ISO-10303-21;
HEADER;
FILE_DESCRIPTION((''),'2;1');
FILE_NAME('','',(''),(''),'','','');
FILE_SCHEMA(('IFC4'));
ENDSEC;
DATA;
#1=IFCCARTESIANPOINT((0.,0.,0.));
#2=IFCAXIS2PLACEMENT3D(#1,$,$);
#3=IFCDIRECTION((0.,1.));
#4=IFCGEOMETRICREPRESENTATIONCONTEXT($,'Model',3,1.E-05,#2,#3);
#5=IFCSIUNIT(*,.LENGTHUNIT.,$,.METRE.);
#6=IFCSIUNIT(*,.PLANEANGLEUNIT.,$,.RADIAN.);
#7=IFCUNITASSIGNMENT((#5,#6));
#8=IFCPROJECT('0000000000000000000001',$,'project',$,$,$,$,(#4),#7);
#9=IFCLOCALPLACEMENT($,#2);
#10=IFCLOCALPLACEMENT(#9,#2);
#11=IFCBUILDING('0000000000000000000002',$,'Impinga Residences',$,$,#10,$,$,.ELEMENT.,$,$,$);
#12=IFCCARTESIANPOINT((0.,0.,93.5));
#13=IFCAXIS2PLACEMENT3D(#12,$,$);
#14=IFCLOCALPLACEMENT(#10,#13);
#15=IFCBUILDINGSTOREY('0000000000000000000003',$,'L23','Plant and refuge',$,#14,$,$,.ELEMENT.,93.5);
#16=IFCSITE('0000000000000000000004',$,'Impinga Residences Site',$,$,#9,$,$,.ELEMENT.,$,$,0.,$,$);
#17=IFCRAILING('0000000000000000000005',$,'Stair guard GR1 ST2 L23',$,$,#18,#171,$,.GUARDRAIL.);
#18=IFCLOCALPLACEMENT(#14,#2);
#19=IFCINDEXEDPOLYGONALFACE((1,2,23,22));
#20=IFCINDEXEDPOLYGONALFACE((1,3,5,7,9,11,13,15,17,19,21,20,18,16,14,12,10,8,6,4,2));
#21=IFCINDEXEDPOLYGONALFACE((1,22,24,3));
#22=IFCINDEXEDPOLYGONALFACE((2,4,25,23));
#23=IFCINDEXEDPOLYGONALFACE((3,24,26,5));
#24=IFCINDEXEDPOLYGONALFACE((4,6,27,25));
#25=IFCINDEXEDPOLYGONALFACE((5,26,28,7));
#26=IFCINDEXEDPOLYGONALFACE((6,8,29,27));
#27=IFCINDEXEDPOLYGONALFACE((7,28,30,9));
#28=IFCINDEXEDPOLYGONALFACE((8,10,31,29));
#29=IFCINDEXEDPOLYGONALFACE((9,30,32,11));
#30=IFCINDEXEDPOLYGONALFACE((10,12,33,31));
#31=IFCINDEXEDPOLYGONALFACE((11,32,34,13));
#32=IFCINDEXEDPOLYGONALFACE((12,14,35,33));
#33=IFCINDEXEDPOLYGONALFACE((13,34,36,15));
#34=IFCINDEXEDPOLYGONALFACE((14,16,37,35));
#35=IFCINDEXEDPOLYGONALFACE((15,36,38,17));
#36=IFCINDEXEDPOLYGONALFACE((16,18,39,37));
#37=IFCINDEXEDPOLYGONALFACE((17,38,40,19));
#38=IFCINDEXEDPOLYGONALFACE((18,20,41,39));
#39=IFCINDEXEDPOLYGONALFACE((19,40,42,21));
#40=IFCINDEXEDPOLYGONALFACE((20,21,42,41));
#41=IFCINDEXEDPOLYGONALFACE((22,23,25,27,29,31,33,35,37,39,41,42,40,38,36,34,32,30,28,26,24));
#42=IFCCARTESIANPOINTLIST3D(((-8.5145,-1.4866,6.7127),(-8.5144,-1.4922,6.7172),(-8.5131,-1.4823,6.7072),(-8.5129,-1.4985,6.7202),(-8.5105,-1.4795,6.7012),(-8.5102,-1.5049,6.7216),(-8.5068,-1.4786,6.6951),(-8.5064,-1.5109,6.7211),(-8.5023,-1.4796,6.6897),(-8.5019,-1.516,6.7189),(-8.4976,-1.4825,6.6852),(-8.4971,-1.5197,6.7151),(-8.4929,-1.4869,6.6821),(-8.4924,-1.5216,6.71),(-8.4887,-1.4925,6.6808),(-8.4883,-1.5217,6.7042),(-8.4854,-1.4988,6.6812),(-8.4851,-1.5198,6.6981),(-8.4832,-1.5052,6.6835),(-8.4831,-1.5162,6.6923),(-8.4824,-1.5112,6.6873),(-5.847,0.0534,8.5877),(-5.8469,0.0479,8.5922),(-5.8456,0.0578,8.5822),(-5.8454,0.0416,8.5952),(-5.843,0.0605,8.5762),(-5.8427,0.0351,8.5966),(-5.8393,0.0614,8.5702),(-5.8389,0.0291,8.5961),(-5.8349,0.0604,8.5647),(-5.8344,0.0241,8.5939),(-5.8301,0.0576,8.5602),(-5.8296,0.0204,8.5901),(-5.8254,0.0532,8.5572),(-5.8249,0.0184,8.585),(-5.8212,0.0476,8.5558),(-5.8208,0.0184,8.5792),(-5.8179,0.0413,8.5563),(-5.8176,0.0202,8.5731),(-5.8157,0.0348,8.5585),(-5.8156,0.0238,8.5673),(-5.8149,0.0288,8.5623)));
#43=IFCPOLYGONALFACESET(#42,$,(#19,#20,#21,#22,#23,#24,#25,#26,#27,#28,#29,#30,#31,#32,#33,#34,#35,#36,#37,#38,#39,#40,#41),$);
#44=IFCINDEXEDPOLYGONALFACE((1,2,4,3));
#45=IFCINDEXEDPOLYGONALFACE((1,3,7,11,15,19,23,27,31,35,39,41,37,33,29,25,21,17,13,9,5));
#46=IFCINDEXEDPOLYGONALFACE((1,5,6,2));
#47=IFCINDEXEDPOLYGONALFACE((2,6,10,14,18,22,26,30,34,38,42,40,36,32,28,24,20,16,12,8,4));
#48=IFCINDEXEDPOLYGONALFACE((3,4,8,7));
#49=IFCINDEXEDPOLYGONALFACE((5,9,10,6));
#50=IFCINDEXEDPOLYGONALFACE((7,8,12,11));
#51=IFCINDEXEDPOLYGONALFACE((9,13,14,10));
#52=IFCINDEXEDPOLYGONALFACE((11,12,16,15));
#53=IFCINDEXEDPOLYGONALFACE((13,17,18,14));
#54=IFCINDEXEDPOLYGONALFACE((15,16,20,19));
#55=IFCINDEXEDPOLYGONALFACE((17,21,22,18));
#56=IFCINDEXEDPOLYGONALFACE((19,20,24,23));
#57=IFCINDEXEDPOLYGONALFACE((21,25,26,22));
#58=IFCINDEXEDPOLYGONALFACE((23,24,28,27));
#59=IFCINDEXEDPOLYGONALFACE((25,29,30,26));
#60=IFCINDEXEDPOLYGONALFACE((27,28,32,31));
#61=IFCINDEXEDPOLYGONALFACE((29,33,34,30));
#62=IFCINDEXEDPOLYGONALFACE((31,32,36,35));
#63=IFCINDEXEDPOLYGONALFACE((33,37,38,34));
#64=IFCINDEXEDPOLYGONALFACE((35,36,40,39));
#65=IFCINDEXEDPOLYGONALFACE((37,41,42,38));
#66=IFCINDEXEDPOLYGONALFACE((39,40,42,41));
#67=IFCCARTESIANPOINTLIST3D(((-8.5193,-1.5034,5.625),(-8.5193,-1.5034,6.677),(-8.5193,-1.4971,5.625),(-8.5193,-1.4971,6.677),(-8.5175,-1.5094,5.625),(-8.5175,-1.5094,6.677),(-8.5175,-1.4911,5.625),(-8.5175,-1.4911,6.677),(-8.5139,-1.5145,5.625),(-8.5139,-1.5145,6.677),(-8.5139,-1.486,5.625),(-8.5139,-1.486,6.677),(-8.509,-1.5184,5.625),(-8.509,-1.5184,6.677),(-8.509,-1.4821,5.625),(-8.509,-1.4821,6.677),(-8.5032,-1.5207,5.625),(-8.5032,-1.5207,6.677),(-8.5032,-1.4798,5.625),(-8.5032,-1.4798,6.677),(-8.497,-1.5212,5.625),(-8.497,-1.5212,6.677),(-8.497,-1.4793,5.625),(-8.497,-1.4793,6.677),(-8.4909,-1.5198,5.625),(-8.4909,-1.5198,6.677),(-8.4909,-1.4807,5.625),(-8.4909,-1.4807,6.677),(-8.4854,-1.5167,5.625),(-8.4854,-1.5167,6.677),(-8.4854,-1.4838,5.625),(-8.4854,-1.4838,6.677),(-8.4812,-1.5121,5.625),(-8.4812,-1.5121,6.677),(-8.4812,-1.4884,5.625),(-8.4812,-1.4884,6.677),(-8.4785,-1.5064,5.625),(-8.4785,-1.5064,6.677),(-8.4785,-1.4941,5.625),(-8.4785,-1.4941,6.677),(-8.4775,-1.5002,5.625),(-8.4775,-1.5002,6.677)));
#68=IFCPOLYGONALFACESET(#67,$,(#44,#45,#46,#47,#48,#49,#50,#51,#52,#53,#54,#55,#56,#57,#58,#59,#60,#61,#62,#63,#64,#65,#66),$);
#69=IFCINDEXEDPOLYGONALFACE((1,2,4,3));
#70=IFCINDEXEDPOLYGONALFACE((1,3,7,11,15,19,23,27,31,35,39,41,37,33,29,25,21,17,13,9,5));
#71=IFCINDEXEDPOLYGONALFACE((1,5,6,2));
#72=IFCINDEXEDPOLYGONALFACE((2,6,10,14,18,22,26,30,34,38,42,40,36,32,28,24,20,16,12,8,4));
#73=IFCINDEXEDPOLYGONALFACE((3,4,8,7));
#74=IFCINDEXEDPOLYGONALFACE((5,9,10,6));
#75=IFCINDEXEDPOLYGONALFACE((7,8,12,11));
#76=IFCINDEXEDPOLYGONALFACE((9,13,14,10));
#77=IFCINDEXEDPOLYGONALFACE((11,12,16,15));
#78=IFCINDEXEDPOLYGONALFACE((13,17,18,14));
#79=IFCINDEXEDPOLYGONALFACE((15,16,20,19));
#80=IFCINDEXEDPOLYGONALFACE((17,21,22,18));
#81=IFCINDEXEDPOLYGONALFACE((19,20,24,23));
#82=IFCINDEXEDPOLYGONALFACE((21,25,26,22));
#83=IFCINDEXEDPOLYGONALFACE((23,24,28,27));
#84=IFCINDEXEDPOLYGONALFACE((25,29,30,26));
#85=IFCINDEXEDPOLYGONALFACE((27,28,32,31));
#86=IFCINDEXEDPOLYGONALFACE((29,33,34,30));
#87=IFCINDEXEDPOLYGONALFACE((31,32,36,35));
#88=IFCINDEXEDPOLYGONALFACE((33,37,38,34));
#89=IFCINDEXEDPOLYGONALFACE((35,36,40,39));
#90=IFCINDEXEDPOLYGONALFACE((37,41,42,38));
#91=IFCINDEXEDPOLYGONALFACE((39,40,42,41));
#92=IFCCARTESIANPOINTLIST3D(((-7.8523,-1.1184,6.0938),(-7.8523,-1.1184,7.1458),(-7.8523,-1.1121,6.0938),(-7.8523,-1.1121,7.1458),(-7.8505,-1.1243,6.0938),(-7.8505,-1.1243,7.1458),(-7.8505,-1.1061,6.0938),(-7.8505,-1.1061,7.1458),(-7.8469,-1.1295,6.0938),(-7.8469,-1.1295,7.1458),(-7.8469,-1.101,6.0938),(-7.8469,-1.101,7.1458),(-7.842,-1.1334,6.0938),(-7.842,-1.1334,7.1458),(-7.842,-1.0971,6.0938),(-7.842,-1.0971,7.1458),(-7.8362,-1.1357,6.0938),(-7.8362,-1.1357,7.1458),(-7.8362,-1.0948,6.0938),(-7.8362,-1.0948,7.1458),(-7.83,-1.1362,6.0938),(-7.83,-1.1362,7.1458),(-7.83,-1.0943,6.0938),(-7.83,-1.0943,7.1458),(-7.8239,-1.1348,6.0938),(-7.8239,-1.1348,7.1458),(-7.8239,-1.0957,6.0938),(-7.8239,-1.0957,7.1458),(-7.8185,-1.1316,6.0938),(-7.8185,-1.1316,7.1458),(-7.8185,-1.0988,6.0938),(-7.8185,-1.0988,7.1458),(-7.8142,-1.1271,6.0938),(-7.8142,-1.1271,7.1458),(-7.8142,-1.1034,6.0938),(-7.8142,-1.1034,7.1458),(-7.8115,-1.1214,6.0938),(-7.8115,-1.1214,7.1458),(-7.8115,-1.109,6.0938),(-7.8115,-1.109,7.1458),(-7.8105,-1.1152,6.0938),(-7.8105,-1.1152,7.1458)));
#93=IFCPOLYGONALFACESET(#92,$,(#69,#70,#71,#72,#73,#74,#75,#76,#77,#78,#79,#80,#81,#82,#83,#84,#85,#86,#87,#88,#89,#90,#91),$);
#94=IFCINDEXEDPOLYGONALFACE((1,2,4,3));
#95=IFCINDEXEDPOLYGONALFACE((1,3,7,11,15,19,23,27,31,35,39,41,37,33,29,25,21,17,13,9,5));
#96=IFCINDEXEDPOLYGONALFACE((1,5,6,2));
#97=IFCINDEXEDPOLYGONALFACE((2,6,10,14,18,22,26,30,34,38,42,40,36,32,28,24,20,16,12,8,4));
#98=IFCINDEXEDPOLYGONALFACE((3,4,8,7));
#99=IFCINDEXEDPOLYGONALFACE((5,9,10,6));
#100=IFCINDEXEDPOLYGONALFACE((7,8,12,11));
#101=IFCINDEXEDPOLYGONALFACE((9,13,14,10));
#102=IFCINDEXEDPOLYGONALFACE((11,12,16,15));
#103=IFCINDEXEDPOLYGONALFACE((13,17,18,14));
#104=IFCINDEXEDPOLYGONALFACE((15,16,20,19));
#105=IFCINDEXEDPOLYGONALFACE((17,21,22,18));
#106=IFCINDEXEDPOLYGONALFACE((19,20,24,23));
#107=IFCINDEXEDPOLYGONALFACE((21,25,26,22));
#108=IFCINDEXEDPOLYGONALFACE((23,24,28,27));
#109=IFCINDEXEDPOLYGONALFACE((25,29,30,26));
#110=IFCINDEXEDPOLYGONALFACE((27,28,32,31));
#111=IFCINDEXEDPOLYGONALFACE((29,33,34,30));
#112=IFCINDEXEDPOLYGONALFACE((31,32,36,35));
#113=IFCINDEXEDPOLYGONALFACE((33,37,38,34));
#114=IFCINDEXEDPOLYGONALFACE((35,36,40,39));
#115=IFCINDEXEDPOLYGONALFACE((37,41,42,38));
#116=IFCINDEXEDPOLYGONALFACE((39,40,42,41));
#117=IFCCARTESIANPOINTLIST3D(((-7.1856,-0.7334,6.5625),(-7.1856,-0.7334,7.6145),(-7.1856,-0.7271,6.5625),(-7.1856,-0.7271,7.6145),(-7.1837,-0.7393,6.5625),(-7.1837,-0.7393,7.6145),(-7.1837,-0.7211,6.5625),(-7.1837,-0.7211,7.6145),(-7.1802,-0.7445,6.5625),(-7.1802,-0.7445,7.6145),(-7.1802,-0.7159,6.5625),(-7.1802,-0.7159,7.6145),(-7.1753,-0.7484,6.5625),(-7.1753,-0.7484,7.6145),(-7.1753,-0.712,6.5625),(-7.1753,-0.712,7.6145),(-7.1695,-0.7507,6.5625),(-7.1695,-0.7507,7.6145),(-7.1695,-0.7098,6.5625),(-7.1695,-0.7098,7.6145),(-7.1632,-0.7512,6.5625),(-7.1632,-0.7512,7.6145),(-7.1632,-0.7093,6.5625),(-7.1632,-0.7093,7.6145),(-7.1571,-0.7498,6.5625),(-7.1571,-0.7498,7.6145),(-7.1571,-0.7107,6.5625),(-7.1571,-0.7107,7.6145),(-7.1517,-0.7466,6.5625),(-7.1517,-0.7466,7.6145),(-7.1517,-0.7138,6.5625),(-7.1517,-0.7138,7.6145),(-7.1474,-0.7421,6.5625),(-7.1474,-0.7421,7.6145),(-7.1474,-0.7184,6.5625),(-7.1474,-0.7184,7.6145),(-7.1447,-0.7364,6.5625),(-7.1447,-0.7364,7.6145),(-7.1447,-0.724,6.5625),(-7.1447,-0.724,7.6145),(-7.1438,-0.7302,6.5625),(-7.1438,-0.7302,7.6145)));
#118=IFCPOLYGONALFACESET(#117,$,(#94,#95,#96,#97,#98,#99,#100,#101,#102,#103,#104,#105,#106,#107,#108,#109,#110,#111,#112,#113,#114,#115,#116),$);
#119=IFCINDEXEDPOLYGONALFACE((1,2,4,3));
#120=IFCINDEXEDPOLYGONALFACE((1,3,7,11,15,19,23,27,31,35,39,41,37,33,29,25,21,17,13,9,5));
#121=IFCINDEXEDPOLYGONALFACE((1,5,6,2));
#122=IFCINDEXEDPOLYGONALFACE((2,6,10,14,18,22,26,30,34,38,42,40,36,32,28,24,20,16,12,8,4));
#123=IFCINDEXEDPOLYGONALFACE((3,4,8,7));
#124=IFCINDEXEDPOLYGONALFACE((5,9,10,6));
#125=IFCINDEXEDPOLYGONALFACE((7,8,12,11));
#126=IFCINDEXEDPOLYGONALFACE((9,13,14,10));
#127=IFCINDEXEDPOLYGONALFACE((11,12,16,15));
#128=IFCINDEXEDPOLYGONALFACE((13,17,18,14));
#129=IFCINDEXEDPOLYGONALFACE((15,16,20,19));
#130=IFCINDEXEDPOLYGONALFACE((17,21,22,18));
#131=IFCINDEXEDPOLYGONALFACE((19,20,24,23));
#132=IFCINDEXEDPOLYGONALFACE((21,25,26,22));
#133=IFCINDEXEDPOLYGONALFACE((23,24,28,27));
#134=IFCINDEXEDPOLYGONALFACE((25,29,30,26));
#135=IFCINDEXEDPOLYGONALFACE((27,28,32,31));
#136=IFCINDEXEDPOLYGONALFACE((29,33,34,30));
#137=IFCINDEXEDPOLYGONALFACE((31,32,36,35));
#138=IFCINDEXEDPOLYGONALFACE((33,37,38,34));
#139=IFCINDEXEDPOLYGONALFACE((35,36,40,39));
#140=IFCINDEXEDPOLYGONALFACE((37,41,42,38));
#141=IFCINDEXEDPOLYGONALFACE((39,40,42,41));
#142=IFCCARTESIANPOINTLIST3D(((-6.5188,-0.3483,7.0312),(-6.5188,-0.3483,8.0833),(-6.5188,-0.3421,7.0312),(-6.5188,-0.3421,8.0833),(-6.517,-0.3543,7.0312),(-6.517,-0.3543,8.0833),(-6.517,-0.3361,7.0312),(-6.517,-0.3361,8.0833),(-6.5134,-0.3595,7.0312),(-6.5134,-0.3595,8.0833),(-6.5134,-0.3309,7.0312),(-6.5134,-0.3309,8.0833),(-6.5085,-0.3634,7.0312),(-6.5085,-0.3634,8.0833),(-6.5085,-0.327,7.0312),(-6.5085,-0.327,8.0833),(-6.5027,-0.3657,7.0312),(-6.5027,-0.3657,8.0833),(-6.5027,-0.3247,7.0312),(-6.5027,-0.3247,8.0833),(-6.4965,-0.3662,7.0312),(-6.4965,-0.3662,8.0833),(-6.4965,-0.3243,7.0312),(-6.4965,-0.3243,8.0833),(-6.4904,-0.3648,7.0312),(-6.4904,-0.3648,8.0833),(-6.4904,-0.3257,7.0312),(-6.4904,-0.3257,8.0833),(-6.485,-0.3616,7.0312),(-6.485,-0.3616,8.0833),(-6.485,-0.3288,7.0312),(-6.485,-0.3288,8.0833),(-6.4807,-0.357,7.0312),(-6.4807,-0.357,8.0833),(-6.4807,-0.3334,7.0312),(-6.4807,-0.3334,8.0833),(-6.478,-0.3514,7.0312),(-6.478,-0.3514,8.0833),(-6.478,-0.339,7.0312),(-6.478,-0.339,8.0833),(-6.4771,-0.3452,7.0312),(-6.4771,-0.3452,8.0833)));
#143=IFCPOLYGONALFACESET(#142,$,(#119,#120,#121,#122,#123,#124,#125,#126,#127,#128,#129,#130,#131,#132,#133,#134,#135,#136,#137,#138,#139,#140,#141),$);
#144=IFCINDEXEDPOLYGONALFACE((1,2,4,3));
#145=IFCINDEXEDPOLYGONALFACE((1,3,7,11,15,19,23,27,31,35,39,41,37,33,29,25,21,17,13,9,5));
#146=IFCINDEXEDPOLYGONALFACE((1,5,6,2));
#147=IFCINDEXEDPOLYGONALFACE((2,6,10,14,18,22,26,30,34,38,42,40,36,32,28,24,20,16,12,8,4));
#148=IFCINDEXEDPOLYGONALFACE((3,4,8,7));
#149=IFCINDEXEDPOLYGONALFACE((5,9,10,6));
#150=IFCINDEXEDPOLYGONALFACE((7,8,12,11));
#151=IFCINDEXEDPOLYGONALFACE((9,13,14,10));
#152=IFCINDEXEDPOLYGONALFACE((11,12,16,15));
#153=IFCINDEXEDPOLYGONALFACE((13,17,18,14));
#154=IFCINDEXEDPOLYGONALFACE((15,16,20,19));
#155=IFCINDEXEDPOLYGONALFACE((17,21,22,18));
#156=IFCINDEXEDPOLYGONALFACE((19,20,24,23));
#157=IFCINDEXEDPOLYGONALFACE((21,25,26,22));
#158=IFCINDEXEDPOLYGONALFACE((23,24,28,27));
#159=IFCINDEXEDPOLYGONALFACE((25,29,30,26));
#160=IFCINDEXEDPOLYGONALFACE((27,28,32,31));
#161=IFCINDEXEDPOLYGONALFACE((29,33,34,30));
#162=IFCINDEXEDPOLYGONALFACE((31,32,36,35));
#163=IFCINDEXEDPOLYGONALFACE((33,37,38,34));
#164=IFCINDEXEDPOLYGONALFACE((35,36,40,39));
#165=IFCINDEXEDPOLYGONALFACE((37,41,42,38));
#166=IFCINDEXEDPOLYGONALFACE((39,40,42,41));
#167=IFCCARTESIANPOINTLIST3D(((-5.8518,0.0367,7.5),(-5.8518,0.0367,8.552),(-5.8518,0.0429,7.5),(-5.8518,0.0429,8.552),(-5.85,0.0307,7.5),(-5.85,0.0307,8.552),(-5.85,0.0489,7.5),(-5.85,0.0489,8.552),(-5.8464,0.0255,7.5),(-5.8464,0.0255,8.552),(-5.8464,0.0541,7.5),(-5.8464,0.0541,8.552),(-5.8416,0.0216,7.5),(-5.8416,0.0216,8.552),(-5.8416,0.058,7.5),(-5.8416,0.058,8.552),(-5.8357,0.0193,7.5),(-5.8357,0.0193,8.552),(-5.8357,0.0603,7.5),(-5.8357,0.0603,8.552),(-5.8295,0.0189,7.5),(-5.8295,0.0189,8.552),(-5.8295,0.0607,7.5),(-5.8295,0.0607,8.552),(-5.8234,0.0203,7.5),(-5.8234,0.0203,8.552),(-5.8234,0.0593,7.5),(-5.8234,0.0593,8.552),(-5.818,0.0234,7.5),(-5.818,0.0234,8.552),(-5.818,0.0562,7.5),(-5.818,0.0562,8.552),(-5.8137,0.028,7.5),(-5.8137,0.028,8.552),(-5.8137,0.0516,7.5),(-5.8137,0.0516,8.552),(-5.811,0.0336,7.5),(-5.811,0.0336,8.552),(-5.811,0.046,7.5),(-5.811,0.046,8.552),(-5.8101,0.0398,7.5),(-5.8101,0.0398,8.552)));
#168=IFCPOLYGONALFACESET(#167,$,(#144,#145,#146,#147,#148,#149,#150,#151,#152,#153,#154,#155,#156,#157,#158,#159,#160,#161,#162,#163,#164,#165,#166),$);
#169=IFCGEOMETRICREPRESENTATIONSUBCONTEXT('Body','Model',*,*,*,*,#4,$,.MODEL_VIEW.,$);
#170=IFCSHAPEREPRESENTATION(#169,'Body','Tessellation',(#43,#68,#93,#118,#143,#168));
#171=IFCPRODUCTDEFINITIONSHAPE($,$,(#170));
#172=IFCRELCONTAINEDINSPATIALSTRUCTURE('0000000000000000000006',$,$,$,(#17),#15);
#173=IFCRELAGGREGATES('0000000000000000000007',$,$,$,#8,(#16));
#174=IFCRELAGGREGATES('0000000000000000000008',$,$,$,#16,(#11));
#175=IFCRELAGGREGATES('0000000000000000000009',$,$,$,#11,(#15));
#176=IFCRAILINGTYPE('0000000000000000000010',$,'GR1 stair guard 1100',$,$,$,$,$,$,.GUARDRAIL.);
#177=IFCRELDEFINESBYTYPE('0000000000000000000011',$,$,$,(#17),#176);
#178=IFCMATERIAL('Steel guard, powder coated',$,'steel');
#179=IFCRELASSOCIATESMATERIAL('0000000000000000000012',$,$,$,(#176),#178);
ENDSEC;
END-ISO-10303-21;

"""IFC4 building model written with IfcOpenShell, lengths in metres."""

from ifc_helpers import new_model, si_unit, direction, frame, origin, origin_2d, place, context, subcontext, project, spatial, circle, extrude, material, type_object, element, save


model = new_model("IFC4")

# Units and contexts
model_context = context("Model", 3, precision=1e-05, world=origin(), true_north=direction((0.0, 1.0)))
body_context = subcontext(model_context, "Body", "Model", "MODEL_VIEW")
ifc_project = project(units=[si_unit("LENGTHUNIT", "METRE"), si_unit("PLANEANGLEUNIT", "RADIAN")], contexts=[model_context])

# Site, building, storey
site_placement = place(None, origin())
site = spatial("IfcSite", under=ifc_project, at=site_placement, Name="Impinga Residences Site", CompositionType="ELEMENT", RefElevation=0.0)
building_placement = place(site_placement, origin())
building = spatial("IfcBuilding", under=site, at=building_placement, Name="Impinga Residences", CompositionType="ELEMENT")
storey_placement = place(building_placement, frame((0.0, 0.0, 93.5)))
storey = spatial("IfcBuildingStorey", under=building, at=storey_placement, Name="L23", Description="Plant and refuge", CompositionType="ELEMENT", Elevation=93.5)

# Railing
ifc_material_1 = material(Name="Steel guard, powder coated", Category="steel")
railing_type_1 = type_object("IfcRailingType", Name="GR1 stair guard 1100", PredefinedType="GUARDRAIL", material=ifc_material_1)
for number, where, name in (
    (1, (-8.4985, -1.5002, 5.625), "Stair guard GR1 ST2 L23"),
):
    element("IfcRailing", number, at=place(storey_placement, frame(where)), inside=storey, type_object=railing_type_1, Name=name, PredefinedType="GUARDRAIL", context=body_context, shape_type="SweptSolid", body=[
        extrude(circle(Radius=0.0239, at=origin_2d()), frame((0.0, 0.0, 1.0762), z_axis=(0.739746, 0.427084, 0.519975), x_axis=(-0.499992, 0.86603, 0.0)), (0.0, 0.0, 1.0), 3.606),
        extrude(circle(Radius=0.021, at=origin_2d()), origin(), (0.0, 0.0, 1.0), 1.052),
        extrude(circle(Radius=0.021, at=origin_2d()), frame((0.667, 0.385, 0.4688)), (0.0, 0.0, 1.0), 1.052),
        extrude(circle(Radius=0.021, at=origin_2d()), frame((1.3337, 0.77, 0.9375)), (0.0, 0.0, 1.0), 1.052),
        extrude(circle(Radius=0.021, at=origin_2d()), frame((2.0005, 1.155, 1.4062)), (0.0, 0.0, 1.0), 1.052),
        extrude(circle(Radius=0.021, at=origin_2d()), frame((2.6675, 1.54, 1.875)), (0.0, 0.0, 1.0), 1.052),
    ])

save(model, "model.ifc")
